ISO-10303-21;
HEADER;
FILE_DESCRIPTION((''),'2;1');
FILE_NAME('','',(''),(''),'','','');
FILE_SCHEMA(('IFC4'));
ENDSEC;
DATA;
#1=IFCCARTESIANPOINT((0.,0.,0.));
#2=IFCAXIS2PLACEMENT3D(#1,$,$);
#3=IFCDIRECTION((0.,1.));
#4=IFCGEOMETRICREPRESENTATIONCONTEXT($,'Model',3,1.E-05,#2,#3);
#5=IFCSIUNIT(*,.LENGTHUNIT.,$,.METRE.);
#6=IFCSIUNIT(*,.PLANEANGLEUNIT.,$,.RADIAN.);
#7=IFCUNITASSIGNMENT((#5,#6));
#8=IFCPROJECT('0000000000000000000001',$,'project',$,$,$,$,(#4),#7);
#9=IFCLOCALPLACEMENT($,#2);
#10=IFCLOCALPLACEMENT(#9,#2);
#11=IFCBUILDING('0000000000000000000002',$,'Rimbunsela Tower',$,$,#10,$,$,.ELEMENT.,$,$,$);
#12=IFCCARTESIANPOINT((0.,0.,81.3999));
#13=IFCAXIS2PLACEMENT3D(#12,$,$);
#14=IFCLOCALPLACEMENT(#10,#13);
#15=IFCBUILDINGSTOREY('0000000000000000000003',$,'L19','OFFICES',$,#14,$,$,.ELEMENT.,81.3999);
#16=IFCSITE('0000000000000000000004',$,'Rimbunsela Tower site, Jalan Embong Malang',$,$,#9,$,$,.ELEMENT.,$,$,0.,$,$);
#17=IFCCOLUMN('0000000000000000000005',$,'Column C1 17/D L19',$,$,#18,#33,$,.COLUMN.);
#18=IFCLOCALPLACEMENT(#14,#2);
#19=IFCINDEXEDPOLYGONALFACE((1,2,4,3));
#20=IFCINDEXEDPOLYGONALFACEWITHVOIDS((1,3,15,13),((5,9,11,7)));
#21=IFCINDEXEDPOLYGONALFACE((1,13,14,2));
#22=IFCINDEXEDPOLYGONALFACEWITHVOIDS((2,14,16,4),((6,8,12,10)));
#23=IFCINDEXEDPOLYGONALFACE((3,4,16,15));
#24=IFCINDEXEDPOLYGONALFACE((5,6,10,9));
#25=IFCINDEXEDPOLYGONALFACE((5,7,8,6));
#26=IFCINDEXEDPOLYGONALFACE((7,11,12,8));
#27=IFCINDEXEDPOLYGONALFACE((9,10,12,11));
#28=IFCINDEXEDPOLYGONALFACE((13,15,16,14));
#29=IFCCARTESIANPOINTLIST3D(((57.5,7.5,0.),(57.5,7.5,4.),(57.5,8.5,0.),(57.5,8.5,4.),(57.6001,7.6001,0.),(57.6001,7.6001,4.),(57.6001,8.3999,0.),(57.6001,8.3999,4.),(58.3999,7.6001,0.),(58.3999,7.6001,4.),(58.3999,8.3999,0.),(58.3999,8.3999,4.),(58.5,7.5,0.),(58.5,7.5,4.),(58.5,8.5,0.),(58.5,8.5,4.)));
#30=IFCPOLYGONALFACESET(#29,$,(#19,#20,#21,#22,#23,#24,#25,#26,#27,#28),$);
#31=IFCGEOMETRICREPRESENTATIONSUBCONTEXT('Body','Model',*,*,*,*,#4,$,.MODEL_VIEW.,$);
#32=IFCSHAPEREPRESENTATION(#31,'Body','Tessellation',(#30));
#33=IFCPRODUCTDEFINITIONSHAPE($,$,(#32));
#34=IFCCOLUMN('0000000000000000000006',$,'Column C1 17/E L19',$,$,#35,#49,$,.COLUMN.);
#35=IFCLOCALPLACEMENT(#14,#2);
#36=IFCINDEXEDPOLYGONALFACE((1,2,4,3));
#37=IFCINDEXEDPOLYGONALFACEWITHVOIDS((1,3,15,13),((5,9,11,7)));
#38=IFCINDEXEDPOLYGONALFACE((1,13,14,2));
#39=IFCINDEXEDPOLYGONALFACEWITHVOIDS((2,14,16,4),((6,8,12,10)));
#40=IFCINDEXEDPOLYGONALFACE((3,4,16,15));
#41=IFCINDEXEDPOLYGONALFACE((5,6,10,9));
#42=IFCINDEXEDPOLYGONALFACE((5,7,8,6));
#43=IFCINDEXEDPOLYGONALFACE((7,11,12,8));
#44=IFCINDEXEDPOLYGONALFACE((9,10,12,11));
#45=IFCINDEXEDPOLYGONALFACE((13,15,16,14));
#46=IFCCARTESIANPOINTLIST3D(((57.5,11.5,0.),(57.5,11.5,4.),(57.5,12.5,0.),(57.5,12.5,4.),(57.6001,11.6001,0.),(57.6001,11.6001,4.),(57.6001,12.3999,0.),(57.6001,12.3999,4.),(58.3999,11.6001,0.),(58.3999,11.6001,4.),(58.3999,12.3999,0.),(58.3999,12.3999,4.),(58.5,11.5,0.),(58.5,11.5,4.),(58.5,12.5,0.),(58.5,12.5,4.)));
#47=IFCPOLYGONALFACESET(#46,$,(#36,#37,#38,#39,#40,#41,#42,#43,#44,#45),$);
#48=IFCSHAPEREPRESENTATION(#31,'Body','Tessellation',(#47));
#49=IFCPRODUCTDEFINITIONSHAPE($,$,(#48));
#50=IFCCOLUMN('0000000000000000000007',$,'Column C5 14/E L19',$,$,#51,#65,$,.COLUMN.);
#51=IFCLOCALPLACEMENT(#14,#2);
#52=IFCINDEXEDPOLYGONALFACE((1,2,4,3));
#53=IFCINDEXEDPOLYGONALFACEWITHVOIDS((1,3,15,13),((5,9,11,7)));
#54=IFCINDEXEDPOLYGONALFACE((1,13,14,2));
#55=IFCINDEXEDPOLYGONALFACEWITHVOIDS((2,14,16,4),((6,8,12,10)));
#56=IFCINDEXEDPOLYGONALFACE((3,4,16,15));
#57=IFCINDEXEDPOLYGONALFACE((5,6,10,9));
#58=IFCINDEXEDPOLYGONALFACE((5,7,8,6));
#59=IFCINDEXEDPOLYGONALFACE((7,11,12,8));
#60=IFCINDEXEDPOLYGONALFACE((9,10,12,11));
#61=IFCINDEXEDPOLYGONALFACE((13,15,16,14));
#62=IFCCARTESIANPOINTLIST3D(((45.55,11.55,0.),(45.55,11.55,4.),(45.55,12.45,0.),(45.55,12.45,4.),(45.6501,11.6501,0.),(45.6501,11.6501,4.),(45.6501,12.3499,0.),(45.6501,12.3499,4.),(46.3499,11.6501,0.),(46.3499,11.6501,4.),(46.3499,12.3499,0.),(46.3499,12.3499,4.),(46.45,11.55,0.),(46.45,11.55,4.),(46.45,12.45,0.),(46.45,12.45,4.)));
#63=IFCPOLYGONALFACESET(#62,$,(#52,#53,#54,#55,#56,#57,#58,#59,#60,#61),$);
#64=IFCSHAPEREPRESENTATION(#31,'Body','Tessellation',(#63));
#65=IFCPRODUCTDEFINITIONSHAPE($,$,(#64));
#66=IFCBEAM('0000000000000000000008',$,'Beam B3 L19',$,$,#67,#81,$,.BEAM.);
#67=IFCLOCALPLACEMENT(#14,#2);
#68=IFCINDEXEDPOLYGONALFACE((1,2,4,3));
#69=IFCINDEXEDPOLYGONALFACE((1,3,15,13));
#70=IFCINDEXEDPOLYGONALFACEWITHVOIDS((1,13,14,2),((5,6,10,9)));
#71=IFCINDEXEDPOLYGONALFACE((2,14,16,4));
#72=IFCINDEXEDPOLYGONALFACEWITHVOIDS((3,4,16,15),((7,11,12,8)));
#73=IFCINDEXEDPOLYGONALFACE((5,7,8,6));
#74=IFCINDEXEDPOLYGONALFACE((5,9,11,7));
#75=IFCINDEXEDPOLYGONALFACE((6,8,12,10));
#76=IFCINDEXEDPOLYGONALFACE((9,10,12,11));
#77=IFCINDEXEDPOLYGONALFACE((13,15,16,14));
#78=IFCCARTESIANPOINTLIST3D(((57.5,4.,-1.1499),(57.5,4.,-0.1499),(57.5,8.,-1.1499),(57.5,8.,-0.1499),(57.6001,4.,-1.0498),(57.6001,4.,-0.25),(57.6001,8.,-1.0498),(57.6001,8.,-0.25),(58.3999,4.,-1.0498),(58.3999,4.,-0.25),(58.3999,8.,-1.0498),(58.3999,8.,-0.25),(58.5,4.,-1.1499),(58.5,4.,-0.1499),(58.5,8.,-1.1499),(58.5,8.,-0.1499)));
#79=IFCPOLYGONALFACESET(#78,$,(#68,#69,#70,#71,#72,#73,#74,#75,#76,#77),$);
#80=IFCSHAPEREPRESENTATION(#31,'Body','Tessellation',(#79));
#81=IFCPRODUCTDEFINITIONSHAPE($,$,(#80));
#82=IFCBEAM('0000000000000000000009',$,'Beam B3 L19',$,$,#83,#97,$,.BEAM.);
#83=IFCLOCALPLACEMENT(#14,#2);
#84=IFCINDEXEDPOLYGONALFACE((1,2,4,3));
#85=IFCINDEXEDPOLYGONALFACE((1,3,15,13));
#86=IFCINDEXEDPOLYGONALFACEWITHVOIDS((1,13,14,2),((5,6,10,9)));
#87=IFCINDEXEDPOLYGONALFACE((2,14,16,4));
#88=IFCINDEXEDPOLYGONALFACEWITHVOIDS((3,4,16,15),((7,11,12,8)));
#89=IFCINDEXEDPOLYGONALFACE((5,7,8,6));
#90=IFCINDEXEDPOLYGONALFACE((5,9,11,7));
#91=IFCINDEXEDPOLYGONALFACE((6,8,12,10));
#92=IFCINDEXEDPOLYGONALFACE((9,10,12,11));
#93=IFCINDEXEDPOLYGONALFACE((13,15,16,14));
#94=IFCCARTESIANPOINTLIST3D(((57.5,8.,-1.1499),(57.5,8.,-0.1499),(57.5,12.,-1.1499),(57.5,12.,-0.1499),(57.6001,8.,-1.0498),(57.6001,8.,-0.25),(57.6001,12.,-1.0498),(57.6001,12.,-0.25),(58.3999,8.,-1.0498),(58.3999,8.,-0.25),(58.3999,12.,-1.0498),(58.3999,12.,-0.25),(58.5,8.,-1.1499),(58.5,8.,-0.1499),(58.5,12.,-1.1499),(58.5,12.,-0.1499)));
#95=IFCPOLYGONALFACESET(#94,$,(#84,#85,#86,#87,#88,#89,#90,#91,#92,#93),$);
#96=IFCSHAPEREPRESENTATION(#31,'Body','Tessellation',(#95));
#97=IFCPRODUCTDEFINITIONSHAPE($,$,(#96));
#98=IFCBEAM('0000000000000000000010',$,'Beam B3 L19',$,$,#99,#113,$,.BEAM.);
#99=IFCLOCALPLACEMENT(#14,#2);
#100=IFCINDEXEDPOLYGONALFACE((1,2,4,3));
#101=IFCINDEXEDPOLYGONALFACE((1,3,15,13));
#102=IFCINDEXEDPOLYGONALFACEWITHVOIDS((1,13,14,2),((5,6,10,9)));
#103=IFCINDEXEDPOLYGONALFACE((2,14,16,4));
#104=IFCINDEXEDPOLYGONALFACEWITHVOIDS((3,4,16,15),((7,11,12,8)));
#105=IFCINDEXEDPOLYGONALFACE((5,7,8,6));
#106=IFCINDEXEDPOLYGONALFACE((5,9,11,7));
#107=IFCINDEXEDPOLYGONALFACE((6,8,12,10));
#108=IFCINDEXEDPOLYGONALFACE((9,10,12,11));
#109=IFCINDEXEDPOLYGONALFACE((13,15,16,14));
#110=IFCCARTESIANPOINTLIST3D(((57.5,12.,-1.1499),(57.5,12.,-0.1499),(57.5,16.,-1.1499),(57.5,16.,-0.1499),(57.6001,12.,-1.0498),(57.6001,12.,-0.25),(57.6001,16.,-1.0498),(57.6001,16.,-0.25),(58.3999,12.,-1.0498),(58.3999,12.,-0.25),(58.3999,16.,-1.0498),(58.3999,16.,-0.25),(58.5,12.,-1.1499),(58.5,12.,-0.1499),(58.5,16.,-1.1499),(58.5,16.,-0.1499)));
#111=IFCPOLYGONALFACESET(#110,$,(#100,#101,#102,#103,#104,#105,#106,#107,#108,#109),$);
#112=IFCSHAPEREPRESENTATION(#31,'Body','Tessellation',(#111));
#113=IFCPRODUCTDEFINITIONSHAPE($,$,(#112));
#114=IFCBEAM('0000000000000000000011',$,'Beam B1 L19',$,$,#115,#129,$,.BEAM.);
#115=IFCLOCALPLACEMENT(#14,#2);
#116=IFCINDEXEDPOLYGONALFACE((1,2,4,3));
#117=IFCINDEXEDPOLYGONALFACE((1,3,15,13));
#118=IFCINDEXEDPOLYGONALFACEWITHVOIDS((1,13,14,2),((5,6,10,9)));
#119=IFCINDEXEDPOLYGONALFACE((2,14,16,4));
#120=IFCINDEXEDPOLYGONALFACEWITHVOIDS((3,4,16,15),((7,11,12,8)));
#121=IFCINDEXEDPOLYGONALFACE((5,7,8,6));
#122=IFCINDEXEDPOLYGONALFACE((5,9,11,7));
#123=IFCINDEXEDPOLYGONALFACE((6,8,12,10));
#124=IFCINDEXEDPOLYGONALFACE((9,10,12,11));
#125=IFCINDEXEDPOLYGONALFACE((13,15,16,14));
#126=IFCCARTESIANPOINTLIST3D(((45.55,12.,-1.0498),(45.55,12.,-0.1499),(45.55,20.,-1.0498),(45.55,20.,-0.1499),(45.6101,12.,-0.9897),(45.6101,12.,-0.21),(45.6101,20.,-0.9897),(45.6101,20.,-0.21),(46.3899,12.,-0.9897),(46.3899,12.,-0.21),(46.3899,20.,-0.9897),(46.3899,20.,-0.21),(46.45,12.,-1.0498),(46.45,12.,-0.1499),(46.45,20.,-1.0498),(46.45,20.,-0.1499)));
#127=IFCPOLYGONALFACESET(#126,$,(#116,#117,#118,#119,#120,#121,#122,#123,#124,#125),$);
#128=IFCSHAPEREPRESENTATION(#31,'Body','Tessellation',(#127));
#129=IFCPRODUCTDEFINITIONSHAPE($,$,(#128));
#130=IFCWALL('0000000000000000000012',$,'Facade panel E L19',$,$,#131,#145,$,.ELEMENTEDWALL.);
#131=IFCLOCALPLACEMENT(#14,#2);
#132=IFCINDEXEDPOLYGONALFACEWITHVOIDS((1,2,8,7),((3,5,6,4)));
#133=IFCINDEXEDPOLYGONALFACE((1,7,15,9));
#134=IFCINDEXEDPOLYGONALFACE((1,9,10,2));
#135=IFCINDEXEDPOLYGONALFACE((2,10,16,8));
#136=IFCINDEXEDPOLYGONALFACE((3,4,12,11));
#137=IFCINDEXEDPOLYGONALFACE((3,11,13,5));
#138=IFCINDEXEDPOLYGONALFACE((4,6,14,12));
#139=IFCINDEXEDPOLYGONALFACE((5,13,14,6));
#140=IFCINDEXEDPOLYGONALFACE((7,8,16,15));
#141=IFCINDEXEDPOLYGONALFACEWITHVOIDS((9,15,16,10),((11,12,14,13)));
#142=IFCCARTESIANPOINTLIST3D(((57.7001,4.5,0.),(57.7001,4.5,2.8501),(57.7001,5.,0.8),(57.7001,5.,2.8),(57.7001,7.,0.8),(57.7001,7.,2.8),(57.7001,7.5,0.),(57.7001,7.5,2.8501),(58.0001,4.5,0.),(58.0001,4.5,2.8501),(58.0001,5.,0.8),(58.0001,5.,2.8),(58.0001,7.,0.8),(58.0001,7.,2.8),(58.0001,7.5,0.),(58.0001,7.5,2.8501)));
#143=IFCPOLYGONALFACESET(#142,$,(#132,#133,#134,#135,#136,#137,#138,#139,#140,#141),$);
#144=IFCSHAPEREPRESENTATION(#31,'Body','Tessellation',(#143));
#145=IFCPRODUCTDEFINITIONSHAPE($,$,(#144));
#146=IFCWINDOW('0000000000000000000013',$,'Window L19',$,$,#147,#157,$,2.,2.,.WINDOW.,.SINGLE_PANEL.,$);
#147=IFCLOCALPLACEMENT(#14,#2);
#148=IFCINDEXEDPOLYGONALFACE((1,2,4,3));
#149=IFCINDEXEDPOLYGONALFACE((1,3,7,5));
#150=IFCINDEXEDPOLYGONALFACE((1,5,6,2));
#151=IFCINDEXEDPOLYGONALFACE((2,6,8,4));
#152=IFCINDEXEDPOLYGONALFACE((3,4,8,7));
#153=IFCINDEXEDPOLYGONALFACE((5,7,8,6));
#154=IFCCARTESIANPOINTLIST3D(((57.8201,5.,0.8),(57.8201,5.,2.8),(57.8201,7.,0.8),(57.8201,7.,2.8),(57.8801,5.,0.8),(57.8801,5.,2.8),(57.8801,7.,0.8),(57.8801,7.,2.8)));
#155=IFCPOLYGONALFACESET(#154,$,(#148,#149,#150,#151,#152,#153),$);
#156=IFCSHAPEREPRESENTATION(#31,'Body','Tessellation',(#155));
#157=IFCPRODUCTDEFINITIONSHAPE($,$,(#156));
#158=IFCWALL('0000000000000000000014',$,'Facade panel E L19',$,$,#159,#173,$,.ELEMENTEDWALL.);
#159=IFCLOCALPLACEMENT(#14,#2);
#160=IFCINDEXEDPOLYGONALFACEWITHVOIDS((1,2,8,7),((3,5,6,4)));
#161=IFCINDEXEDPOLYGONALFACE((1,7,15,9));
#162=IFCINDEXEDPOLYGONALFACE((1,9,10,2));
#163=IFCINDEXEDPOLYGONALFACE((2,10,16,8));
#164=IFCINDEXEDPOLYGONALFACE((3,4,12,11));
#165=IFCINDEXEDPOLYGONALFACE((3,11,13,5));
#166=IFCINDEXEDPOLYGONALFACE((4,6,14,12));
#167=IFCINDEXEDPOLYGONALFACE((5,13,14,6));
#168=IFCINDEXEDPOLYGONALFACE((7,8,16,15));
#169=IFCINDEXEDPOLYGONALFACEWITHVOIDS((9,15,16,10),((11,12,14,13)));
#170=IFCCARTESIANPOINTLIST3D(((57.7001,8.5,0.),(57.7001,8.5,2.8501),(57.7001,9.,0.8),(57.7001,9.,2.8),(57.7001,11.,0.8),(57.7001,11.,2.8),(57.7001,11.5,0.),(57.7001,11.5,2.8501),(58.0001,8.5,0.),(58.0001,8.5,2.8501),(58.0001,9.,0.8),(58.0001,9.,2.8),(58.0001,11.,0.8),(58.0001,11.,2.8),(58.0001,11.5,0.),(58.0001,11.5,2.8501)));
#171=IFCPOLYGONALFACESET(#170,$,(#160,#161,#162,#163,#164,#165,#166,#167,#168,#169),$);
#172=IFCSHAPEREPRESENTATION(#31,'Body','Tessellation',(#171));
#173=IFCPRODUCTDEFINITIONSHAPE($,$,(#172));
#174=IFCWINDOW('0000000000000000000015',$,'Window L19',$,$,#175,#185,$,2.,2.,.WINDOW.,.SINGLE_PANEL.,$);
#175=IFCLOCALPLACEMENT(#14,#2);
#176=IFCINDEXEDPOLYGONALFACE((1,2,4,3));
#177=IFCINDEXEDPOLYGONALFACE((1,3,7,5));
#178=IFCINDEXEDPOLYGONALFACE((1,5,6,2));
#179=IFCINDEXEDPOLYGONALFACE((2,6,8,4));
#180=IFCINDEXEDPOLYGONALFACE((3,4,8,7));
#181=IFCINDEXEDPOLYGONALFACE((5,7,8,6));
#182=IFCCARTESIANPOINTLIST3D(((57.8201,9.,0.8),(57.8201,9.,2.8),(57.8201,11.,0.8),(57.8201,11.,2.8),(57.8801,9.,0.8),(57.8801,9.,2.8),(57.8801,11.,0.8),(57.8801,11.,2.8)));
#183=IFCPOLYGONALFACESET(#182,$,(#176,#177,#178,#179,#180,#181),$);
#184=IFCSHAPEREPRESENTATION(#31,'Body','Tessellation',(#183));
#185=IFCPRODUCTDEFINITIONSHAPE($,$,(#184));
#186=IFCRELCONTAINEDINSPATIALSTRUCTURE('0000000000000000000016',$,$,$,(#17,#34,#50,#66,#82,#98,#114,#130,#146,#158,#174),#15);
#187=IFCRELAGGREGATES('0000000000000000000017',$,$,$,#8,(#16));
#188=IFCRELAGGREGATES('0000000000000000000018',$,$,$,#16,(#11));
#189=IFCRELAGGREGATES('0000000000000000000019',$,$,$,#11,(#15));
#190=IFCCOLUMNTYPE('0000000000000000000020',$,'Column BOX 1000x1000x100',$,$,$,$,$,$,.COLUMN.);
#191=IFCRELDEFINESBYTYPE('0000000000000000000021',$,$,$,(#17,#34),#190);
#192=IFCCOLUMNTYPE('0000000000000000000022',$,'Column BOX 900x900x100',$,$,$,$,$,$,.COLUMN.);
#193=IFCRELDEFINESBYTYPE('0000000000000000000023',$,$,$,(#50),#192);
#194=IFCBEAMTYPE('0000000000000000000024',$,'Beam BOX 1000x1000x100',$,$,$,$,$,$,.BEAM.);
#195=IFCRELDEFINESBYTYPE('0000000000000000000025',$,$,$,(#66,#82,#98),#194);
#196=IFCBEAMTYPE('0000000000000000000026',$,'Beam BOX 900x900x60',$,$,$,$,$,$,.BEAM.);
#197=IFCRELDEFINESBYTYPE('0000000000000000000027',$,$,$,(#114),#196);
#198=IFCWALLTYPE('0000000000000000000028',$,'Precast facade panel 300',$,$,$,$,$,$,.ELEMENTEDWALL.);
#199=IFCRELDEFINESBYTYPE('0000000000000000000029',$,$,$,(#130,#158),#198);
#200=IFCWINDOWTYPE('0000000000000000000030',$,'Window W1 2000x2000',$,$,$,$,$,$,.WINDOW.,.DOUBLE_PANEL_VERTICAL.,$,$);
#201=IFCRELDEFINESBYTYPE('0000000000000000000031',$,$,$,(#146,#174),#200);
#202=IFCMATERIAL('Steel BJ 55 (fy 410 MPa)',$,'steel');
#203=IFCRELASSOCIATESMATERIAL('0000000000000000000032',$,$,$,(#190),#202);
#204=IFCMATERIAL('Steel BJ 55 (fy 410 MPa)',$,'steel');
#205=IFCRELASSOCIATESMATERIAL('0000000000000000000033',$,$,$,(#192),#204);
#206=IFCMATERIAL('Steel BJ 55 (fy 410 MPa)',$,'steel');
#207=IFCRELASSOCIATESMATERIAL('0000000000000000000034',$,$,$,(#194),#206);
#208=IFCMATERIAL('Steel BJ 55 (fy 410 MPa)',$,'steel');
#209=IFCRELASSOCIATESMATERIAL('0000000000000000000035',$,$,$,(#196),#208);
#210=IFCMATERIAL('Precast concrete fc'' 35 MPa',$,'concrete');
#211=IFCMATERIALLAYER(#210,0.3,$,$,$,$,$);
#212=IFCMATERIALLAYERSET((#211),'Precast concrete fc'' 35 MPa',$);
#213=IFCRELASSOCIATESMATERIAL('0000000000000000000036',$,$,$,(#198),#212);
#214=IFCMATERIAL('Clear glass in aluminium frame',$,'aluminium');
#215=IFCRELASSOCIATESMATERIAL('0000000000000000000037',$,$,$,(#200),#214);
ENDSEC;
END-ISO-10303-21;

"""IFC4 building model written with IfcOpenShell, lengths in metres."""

from ifc_helpers import new_model, si_unit, direction, frame, frame_2d, origin, origin_2d, place, context, subcontext, project, spatial, rectangle, hollow_rectangle, extrude, material, layer, layer_set, material_profile, profile_set, type_object, element, fill, save


model = new_model("IFC4")

# Units and contexts
model_context = context("Model", 3, precision=1e-05, world=origin(), true_north=direction((0.0, 1.0)))
body_context = subcontext(model_context, "Body", "Model", "MODEL_VIEW")
ifc_project = project(units=[si_unit("LENGTHUNIT", "METRE"), si_unit("PLANEANGLEUNIT", "RADIAN")], contexts=[model_context])

# Site, building, storey
site_placement = place(None, origin())
site = spatial("IfcSite", under=ifc_project, at=site_placement, Name="Rimbunsela Tower site, Jalan Embong Malang", CompositionType="ELEMENT", RefElevation=0.0)
building_placement = place(site_placement, origin())
building = spatial("IfcBuilding", under=site, at=building_placement, Name="Rimbunsela Tower", CompositionType="ELEMENT")
storey_placement = place(building_placement, frame((0.0, 0.0, 81.3999)))
storey = spatial("IfcBuildingStorey", under=building, at=storey_placement, Name="L19", Description="OFFICES", CompositionType="ELEMENT", Elevation=81.3999)

# Columns
ifc_material_1 = material(Name="Steel BJ 55 (fy 410 MPa)", Category="steel")
ifc_material_profile_1 = material_profile(ifc_material_1, hollow_rectangle(XDim=1.0, YDim=1.0, WallThickness=0.1001, at=origin_2d()), Name="BOX 1000x1000x100")
ifc_profile_set_1 = profile_set([ifc_material_profile_1], Name="Steel BJ 55 (fy 410 MPa)")
column_type_1 = type_object("IfcColumnType", Name="Column BOX 1000x1000x100", PredefinedType="COLUMN", material=ifc_profile_set_1)
for number, where, z_axis, x_axis, name in (
    (1, (58.0, 8.0, 0.0), (0.0, 0.0, 1.0), (1.0, 0.0, 0.0), "Column C1 17/D L19"),
    (2, (58.0, 12.0, 0.0), (0.0, 0.0, 1.0), (1.0, 0.0, 0.0), "Column C1 17/E L19"),
):
    element("IfcColumn", number, at=place(storey_placement, frame(where, z_axis=z_axis, x_axis=x_axis)), inside=storey, type_object=column_type_1, Name=name, PredefinedType="COLUMN", context=body_context, shape_type="SweptSolid", body=[
        extrude(hollow_rectangle(XDim=1.0, YDim=1.0, WallThickness=0.1001, at=origin_2d()), origin(), (0.0, 0.0, 1.0), 4.0),
    ])
ifc_material_2 = material(Name="Steel BJ 55 (fy 410 MPa)", Category="steel")
ifc_material_profile_2 = material_profile(ifc_material_2, hollow_rectangle(XDim=0.8999, YDim=0.8999, WallThickness=0.1001, at=origin_2d()), Name="BOX 900x900x100")
ifc_profile_set_2 = profile_set([ifc_material_profile_2], Name="Steel BJ 55 (fy 410 MPa)")
column_type_2 = type_object("IfcColumnType", Name="Column BOX 900x900x100", PredefinedType="COLUMN", material=ifc_profile_set_2)
column_placement = place(storey_placement, frame((46.0, 12.0, 0.0), z_axis=(0.0, 0.0, 1.0), x_axis=(1.0, 0.0, 0.0)))
element("IfcColumn", 3, at=column_placement, inside=storey, type_object=column_type_2, Name="Column C5 14/E L19", PredefinedType="COLUMN", context=body_context, shape_type="SweptSolid", body=[
    extrude(hollow_rectangle(XDim=0.8999, YDim=0.8999, WallThickness=0.1001, at=origin_2d()), origin(), (0.0, 0.0, 1.0), 4.0),
])

# Beams
ifc_material_3 = material(Name="Steel BJ 55 (fy 410 MPa)", Category="steel")
ifc_material_profile_3 = material_profile(ifc_material_3, hollow_rectangle(XDim=1.0, YDim=1.0, WallThickness=0.1001, at=origin_2d()), Name="BOX 1000x1000x100")
ifc_profile_set_3 = profile_set([ifc_material_profile_3], Name="Steel BJ 55 (fy 410 MPa)")
beam_type_1 = type_object("IfcBeamType", Name="Beam BOX 1000x1000x100", PredefinedType="BEAM", material=ifc_profile_set_3)
for number, where, z_axis, x_axis, name in (
    (4, (58.0, 4.0, -0.6499), (0.0, 1.0, 0.0), (-1.0, 0.0, 0.0), "Beam B3 L19"),
    (5, (58.0, 8.0, -0.6499), (0.0, 1.0, 0.0), (-1.0, 0.0, 0.0), "Beam B3 L19"),
    (6, (58.0, 12.0, -0.6499), (0.0, 1.0, 0.0), (-1.0, 0.0, 0.0), "Beam B3 L19"),
):
    element("IfcBeam", number, at=place(storey_placement, frame(where, z_axis=z_axis, x_axis=x_axis)), inside=storey, type_object=beam_type_1, Name=name, PredefinedType="BEAM", context=body_context, shape_type="SweptSolid", body=[
        extrude(hollow_rectangle(XDim=1.0, YDim=1.0, WallThickness=0.1001, at=origin_2d()), origin(), (0.0, 0.0, 1.0), 4.0),
    ])
ifc_material_4 = material(Name="Steel BJ 55 (fy 410 MPa)", Category="steel")
ifc_material_profile_4 = material_profile(ifc_material_4, hollow_rectangle(XDim=0.8999, YDim=0.8999, WallThickness=0.0601, at=origin_2d()), Name="BOX 900x900x60")
ifc_profile_set_4 = profile_set([ifc_material_profile_4], Name="Steel BJ 55 (fy 410 MPa)")
beam_type_2 = type_object("IfcBeamType", Name="Beam BOX 900x900x60", PredefinedType="BEAM", material=ifc_profile_set_4)
beam_placement = place(storey_placement, frame((46.0, 12.0, -0.5999), z_axis=(0.0, 1.0, 0.0), x_axis=(-1.0, 0.0, 0.0)))
element("IfcBeam", 7, at=beam_placement, inside=storey, type_object=beam_type_2, Name="Beam B1 L19", PredefinedType="BEAM", context=body_context, shape_type="SweptSolid", body=[
    extrude(hollow_rectangle(XDim=0.8999, YDim=0.8999, WallThickness=0.0601, at=origin_2d()), origin(), (0.0, 0.0, 1.0), 8.0),
])

# Walls, openings, windows
ifc_material_5 = material(Name="Precast concrete fc' 35 MPa", Category="concrete")
ifc_layer_1 = layer(ifc_material_5, 0.3)
ifc_layer_set_1 = layer_set([ifc_layer_1], Name="Precast concrete fc' 35 MPa")
wall_type = type_object("IfcWallType", Name="Precast facade panel 300", PredefinedType="ELEMENTEDWALL", material=ifc_layer_set_1)
wall_1_placement = place(storey_placement, frame((57.8501, 4.5, 0.0), z_axis=(0.0, 0.0, 1.0), x_axis=(0.0, 1.0, 0.0)))
wall_1 = element("IfcWall", 8, at=wall_1_placement, inside=storey, type_object=wall_type, Name="Facade panel E L19", PredefinedType="ELEMENTEDWALL", context=body_context, shape_type="SweptSolid", body=[
    extrude(rectangle(XDim=3.0, YDim=0.3, at=frame_2d((1.5, 0.0))), origin(), (0.0, 0.0, 1.0), 2.8501),
])
opening_1_placement = place(wall_1_placement, frame((0.5, 0.0, 0.8)))
opening_1 = element("IfcOpeningElement", 9, at=opening_1_placement, cuts=wall_1, PredefinedType="OPENING", context=body_context, shape_type="SweptSolid", body=[
    extrude(rectangle(XDim=2.0, YDim=2.0, at=frame_2d((1.0, 1.0))), frame((0.0, 0.1599, 0.0), z_axis=(0.0, -1.0, 0.0), x_axis=(1.0, 0.0, 0.0)), (0.0, 0.0, 1.0), 0.3201),
])
ifc_material_6 = material(Name="Clear glass in aluminium frame", Category="aluminium")
window_type = type_object("IfcWindowType", Name="Window W1 2000x2000", PartitioningType="DOUBLE_PANEL_VERTICAL", PredefinedType="WINDOW", material=ifc_material_6)
window_1_placement = place(opening_1_placement, origin())
window_1 = element("IfcWindow", 10, at=window_1_placement, inside=storey, type_object=window_type, Name="Window L19", OverallHeight=2.0, OverallWidth=2.0, PartitioningType="SINGLE_PANEL", PredefinedType="WINDOW", context=body_context, shape_type="SweptSolid", body=[
    extrude(rectangle(XDim=2.0, YDim=2.0, at=frame_2d((1.0, 1.0))), frame((0.0, 0.03, 0.0), z_axis=(0.0, -1.0, 0.0), x_axis=(1.0, 0.0, 0.0)), (0.0, 0.0, 1.0), 0.0601),
])
fill(opening_1, window_1)
wall_2_placement = place(storey_placement, frame((57.8501, 8.5, 0.0), z_axis=(0.0, 0.0, 1.0), x_axis=(0.0, 1.0, 0.0)))
wall_2 = element("IfcWall", 11, at=wall_2_placement, inside=storey, type_object=wall_type, Name="Facade panel E L19", PredefinedType="ELEMENTEDWALL", context=body_context, shape_type="SweptSolid", body=[
    extrude(rectangle(XDim=3.0, YDim=0.3, at=frame_2d((1.5, 0.0))), origin(), (0.0, 0.0, 1.0), 2.8501),
])
opening_2_placement = place(wall_2_placement, frame((0.5, 0.0, 0.8)))
opening_2 = element("IfcOpeningElement", 12, at=opening_2_placement, cuts=wall_2, PredefinedType="OPENING", context=body_context, shape_type="SweptSolid", body=[
    extrude(rectangle(XDim=2.0, YDim=2.0, at=frame_2d((1.0, 1.0))), frame((0.0, 0.1599, 0.0), z_axis=(0.0, -1.0, 0.0), x_axis=(1.0, 0.0, 0.0)), (0.0, 0.0, 1.0), 0.3201),
])
window_2_placement = place(opening_2_placement, origin())
window_2 = element("IfcWindow", 13, at=window_2_placement, inside=storey, type_object=window_type, Name="Window L19", OverallHeight=2.0, OverallWidth=2.0, PartitioningType="SINGLE_PANEL", PredefinedType="WINDOW", context=body_context, shape_type="SweptSolid", body=[
    extrude(rectangle(XDim=2.0, YDim=2.0, at=frame_2d((1.0, 1.0))), frame((0.0, 0.03, 0.0), z_axis=(0.0, -1.0, 0.0), x_axis=(1.0, 0.0, 0.0)), (0.0, 0.0, 1.0), 0.0601),
])
fill(opening_2, window_2)

save(model, "model.ifc")
